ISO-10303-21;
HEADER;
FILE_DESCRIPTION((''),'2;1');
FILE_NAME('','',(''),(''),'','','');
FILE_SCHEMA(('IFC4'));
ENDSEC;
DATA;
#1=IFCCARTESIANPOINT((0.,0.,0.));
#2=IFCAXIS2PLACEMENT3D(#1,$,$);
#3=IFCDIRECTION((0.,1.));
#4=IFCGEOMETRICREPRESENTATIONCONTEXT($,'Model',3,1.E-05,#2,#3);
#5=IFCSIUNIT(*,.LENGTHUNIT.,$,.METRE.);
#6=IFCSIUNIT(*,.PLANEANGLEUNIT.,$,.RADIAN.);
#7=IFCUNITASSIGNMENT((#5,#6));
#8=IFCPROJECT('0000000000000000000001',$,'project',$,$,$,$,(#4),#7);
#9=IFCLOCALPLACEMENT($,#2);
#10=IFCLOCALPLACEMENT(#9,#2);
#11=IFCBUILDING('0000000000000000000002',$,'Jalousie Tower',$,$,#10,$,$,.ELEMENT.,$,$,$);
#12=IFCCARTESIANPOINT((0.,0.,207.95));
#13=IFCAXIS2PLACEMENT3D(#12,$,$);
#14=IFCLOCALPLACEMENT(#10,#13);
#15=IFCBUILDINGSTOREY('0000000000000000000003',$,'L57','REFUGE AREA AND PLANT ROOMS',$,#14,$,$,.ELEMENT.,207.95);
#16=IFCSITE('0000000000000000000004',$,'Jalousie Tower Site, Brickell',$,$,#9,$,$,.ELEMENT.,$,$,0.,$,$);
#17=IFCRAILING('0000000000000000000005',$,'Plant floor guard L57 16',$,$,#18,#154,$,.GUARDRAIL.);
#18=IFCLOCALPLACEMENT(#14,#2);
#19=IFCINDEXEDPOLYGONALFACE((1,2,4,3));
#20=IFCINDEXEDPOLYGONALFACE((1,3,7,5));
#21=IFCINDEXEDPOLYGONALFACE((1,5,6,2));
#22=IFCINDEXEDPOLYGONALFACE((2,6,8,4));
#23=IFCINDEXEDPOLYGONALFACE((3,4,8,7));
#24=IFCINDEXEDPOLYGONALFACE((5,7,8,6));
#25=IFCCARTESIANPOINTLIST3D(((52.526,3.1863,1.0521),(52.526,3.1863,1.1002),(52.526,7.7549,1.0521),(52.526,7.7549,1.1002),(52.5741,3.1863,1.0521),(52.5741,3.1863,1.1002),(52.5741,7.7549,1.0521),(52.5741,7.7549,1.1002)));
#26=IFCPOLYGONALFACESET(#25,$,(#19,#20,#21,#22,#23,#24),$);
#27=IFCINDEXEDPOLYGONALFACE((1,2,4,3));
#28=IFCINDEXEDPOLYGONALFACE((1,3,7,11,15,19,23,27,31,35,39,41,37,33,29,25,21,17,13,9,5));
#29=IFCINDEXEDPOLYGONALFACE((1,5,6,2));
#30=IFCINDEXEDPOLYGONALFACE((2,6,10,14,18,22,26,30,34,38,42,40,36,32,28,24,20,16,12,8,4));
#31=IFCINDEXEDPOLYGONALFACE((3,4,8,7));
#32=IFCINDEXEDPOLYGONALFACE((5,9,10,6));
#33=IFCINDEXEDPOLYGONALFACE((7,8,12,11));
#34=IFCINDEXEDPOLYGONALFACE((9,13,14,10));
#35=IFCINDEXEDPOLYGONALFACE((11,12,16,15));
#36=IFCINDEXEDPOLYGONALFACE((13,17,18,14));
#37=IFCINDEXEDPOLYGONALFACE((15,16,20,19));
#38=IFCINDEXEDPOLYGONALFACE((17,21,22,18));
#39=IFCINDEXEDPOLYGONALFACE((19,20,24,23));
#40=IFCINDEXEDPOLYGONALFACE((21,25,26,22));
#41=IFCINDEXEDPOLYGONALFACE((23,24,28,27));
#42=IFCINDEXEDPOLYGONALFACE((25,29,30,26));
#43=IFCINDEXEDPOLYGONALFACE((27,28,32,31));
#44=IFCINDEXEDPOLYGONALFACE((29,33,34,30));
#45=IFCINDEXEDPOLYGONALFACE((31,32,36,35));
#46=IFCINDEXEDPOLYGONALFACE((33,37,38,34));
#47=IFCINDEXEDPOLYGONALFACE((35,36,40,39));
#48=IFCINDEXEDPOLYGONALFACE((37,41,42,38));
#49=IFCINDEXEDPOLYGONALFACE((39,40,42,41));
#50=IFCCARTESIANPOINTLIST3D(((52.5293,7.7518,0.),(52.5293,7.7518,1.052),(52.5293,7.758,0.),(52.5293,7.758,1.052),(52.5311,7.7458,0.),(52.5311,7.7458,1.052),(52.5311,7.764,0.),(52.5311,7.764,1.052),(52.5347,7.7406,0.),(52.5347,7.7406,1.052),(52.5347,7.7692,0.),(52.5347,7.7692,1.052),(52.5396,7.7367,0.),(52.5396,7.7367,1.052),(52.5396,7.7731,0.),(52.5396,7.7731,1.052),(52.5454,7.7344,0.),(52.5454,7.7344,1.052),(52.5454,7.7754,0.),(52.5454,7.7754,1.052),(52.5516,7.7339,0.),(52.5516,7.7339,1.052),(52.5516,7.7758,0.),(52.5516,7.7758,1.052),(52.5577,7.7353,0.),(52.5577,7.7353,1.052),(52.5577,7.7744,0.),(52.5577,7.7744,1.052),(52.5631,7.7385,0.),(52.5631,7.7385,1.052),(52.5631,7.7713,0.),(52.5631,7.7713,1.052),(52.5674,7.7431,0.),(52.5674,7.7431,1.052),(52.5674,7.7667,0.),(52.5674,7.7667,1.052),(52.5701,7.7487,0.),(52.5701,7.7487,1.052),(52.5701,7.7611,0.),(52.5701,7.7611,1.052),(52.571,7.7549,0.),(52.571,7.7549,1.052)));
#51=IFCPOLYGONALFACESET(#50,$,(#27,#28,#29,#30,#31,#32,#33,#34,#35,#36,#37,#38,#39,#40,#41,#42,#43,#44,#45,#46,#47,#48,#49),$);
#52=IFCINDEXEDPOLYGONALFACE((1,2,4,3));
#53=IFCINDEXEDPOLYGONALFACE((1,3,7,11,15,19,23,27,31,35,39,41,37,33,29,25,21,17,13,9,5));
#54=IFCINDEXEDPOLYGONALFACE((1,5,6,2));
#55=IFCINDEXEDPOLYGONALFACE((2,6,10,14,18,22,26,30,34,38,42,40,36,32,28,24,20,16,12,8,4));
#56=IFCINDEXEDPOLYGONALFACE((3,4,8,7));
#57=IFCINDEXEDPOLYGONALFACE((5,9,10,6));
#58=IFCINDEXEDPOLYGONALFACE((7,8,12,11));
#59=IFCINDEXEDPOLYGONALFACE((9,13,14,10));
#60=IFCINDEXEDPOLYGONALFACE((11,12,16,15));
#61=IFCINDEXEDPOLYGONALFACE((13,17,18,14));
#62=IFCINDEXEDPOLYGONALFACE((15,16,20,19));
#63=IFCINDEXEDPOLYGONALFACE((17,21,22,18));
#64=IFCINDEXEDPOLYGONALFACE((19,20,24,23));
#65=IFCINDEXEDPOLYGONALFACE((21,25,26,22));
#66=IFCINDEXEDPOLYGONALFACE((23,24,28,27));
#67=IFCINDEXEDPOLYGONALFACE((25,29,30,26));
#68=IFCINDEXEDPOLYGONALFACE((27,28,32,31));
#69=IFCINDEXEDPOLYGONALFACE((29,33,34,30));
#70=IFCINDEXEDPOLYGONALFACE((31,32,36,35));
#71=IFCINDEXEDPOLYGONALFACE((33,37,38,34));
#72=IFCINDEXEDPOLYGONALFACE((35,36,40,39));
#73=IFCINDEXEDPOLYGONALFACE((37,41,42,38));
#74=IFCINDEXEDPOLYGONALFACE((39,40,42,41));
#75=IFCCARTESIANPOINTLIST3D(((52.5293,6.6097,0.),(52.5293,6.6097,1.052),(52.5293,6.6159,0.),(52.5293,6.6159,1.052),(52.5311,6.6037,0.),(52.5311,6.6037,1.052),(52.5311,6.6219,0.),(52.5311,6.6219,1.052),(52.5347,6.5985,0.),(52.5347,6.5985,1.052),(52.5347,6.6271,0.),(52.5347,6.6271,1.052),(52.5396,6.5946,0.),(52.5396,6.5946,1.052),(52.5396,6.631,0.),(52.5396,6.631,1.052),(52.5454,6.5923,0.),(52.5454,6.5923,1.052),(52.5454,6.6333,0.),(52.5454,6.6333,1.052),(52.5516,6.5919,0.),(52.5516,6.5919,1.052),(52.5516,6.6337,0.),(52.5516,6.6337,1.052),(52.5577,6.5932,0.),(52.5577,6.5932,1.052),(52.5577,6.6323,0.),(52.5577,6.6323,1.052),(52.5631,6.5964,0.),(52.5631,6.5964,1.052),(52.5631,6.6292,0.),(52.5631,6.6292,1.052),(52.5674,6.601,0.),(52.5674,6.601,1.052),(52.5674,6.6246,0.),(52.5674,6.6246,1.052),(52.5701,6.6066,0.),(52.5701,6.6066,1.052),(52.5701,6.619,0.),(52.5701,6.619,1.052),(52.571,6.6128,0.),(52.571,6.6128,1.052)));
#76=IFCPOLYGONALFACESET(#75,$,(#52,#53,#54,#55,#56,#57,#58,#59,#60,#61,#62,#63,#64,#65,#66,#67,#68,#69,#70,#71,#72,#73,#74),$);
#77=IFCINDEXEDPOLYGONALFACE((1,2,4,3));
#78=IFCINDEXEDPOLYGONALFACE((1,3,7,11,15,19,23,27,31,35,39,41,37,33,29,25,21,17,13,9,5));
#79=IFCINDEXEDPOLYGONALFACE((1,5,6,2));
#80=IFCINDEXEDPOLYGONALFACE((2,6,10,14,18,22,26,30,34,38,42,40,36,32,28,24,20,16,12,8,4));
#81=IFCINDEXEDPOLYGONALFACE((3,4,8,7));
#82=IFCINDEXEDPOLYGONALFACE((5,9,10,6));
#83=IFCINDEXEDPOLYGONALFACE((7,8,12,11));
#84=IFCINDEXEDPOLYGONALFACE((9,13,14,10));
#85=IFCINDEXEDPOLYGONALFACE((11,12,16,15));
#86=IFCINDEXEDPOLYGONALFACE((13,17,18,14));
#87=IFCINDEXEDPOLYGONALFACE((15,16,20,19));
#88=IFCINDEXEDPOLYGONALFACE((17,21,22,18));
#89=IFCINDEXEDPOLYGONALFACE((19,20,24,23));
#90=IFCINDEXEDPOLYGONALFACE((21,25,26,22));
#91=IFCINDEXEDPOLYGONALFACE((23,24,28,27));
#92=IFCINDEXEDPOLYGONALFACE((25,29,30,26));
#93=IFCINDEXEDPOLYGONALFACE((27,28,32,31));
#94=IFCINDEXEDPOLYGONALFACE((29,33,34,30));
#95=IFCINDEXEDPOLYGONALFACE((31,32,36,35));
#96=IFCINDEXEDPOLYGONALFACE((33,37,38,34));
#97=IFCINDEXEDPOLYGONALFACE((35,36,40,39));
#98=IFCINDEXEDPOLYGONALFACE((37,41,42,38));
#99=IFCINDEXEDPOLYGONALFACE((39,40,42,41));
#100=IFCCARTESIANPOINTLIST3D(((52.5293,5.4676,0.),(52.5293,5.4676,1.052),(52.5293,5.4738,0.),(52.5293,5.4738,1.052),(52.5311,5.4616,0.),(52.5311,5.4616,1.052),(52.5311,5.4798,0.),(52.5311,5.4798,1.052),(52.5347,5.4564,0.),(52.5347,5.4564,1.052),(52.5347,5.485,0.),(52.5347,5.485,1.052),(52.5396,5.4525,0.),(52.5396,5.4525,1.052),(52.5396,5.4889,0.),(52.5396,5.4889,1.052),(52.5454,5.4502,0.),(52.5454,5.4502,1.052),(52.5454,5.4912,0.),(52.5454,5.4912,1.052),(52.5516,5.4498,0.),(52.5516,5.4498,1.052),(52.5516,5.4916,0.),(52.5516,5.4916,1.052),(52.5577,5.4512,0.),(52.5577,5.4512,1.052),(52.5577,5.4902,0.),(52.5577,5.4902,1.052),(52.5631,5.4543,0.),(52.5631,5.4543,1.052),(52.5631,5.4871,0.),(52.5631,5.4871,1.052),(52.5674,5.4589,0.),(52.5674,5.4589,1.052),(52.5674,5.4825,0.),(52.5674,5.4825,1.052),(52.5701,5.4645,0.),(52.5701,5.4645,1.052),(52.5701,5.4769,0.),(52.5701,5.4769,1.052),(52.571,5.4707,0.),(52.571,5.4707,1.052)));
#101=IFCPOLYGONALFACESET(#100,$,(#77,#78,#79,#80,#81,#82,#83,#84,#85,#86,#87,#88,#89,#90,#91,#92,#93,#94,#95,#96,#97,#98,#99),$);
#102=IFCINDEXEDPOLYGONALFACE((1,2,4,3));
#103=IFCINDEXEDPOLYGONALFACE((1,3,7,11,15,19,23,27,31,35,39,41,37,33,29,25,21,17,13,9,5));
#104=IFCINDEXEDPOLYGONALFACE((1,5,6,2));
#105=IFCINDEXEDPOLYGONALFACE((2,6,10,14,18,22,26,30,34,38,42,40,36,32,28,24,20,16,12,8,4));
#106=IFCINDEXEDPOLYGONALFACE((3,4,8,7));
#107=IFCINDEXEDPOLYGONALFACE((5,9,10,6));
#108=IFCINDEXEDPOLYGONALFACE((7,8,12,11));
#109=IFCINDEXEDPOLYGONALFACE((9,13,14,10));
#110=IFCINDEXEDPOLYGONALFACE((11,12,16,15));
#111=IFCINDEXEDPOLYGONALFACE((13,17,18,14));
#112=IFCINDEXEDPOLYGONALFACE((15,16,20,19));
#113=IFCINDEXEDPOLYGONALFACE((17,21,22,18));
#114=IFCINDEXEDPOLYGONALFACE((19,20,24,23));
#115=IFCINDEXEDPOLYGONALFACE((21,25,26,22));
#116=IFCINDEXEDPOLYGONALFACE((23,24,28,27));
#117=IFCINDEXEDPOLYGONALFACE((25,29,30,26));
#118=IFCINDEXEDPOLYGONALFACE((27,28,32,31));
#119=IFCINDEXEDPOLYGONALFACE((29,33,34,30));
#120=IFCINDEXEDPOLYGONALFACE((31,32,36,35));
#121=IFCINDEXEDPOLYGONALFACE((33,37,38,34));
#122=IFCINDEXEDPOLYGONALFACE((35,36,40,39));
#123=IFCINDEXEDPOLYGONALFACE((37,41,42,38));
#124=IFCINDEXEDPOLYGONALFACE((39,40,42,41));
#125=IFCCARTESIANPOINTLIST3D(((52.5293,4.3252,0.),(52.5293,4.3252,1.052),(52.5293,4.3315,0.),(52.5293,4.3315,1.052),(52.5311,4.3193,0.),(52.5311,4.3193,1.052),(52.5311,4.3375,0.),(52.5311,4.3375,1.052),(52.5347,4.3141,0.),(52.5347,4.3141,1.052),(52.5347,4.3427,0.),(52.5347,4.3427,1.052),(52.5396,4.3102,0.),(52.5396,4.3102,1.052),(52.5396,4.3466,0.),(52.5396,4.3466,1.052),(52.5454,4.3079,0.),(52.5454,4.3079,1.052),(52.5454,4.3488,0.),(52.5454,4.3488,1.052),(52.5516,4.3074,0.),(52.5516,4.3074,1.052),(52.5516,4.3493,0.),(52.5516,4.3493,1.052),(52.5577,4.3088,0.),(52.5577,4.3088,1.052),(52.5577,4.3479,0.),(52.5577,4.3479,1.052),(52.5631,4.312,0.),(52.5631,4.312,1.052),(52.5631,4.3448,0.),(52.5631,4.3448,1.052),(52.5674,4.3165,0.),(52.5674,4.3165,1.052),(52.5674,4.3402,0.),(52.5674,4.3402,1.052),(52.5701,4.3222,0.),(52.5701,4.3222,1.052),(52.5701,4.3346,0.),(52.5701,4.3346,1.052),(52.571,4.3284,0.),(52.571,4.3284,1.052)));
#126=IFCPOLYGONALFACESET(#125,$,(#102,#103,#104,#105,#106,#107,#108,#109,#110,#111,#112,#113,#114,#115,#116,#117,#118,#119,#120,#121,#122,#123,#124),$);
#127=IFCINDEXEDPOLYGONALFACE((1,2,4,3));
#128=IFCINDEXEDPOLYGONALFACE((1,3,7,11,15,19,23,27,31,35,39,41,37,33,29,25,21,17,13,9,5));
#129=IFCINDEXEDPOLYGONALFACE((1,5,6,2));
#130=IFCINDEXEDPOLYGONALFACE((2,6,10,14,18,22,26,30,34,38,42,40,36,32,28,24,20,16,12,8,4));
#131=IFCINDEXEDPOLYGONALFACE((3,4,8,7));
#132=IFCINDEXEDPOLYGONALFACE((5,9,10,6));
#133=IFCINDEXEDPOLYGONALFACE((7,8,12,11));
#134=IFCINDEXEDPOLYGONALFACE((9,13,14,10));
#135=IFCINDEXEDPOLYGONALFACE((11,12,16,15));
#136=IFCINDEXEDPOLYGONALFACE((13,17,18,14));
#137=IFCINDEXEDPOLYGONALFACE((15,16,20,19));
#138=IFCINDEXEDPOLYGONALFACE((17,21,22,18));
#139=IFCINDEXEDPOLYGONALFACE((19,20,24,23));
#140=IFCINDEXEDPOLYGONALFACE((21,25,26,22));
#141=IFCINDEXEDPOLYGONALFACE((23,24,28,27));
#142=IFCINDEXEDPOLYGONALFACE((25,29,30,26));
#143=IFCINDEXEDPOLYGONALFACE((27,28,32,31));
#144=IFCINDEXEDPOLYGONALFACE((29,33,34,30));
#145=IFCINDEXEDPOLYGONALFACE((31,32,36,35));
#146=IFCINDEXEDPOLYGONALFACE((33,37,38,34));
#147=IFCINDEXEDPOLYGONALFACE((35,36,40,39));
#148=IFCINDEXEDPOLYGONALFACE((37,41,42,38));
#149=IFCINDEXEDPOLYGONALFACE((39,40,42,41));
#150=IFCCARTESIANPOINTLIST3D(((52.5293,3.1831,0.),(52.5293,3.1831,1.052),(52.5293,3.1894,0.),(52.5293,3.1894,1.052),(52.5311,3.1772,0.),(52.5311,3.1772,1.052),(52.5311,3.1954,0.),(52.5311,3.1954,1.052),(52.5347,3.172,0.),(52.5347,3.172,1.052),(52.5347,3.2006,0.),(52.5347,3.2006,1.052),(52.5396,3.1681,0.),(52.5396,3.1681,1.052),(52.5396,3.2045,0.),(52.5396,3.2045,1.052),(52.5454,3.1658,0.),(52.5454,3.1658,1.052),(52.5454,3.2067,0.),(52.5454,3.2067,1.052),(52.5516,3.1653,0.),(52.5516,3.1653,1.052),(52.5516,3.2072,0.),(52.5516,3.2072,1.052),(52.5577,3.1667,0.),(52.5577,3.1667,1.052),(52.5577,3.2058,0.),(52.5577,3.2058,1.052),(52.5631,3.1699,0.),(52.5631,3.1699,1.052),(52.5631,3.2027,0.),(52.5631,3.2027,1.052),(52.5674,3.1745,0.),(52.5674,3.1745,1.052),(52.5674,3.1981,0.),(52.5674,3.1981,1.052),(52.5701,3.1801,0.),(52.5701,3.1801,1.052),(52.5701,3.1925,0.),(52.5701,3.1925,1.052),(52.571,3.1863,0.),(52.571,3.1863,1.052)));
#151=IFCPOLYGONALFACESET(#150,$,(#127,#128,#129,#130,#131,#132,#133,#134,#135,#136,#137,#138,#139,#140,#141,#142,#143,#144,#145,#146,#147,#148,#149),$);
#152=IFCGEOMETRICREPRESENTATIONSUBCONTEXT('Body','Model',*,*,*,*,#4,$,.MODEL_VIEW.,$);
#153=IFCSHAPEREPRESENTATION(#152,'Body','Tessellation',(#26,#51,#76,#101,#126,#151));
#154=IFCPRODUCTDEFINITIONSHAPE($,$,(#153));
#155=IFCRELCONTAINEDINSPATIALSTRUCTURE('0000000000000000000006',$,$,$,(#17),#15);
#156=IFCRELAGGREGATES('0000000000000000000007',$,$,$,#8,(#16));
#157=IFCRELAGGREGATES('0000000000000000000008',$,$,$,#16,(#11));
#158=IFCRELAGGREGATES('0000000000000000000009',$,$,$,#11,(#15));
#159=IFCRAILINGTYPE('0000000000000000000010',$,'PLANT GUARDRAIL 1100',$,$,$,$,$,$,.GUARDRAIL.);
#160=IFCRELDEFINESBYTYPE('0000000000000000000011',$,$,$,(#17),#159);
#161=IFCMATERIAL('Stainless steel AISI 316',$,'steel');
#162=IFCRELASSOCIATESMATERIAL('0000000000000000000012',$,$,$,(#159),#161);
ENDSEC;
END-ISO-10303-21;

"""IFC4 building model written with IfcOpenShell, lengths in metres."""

from ifc_helpers import new_model, si_unit, direction, frame, origin, origin_2d, place, context, subcontext, project, spatial, rectangle, circle, extrude, material, type_object, element, save


model = new_model("IFC4")

# Units and contexts
model_context = context("Model", 3, precision=1e-05, world=origin(), true_north=direction((0.0, 1.0)))
body_context = subcontext(model_context, "Body", "Model", "MODEL_VIEW")
ifc_project = project(units=[si_unit("LENGTHUNIT", "METRE"), si_unit("PLANEANGLEUNIT", "RADIAN")], contexts=[model_context])

# Site, building, storey
site_placement = place(None, origin())
site = spatial("IfcSite", under=ifc_project, at=site_placement, Name="Jalousie Tower Site, Brickell", CompositionType="ELEMENT", RefElevation=0.0)
building_placement = place(site_placement, origin())
building = spatial("IfcBuilding", under=site, at=building_placement, Name="Jalousie Tower", CompositionType="ELEMENT")
storey_placement = place(building_placement, frame((0.0, 0.0, 207.95)))
storey = spatial("IfcBuildingStorey", under=building, at=storey_placement, Name="L57", Description="REFUGE AREA AND PLANT ROOMS", CompositionType="ELEMENT", Elevation=207.95)

# Railing
ifc_material_1 = material(Name="Stainless steel AISI 316", Category="steel")
railing_type = type_object("IfcRailingType", Name="PLANT GUARDRAIL 1100", PredefinedType="GUARDRAIL", material=ifc_material_1)
railing_1_placement = place(storey_placement, frame((52.55, 7.7549, 0.0)))
element("IfcRailing", 1, at=railing_1_placement, inside=storey, type_object=railing_type, Name="Plant floor guard L57 16", PredefinedType="GUARDRAIL", context=body_context, shape_type="SweptSolid", body=[
    extrude(rectangle(XDim=0.0481, YDim=0.0481, at=origin_2d()), frame((0.0, 0.0, 1.0762), z_axis=(0.0, -1.0, 0.0), x_axis=(1.0, 0.0, 0.0)), (0.0, 0.0, 1.0), 4.5686),
    extrude(circle(Radius=0.021, at=origin_2d()), origin(), (0.0, 0.0, 1.0), 1.052),
    extrude(circle(Radius=0.021, at=origin_2d()), frame((0.0, -1.1421, 0.0)), (0.0, 0.0, 1.0), 1.052),
    extrude(circle(Radius=0.021, at=origin_2d()), frame((0.0, -2.2842, 0.0)), (0.0, 0.0, 1.0), 1.052),
    extrude(circle(Radius=0.021, at=origin_2d()), frame((0.0, -3.4265, 0.0)), (0.0, 0.0, 1.0), 1.052),
    extrude(circle(Radius=0.021, at=origin_2d()), frame((0.0, -4.5686, 0.0)), (0.0, 0.0, 1.0), 1.052),
])

save(model, "model.ifc")
